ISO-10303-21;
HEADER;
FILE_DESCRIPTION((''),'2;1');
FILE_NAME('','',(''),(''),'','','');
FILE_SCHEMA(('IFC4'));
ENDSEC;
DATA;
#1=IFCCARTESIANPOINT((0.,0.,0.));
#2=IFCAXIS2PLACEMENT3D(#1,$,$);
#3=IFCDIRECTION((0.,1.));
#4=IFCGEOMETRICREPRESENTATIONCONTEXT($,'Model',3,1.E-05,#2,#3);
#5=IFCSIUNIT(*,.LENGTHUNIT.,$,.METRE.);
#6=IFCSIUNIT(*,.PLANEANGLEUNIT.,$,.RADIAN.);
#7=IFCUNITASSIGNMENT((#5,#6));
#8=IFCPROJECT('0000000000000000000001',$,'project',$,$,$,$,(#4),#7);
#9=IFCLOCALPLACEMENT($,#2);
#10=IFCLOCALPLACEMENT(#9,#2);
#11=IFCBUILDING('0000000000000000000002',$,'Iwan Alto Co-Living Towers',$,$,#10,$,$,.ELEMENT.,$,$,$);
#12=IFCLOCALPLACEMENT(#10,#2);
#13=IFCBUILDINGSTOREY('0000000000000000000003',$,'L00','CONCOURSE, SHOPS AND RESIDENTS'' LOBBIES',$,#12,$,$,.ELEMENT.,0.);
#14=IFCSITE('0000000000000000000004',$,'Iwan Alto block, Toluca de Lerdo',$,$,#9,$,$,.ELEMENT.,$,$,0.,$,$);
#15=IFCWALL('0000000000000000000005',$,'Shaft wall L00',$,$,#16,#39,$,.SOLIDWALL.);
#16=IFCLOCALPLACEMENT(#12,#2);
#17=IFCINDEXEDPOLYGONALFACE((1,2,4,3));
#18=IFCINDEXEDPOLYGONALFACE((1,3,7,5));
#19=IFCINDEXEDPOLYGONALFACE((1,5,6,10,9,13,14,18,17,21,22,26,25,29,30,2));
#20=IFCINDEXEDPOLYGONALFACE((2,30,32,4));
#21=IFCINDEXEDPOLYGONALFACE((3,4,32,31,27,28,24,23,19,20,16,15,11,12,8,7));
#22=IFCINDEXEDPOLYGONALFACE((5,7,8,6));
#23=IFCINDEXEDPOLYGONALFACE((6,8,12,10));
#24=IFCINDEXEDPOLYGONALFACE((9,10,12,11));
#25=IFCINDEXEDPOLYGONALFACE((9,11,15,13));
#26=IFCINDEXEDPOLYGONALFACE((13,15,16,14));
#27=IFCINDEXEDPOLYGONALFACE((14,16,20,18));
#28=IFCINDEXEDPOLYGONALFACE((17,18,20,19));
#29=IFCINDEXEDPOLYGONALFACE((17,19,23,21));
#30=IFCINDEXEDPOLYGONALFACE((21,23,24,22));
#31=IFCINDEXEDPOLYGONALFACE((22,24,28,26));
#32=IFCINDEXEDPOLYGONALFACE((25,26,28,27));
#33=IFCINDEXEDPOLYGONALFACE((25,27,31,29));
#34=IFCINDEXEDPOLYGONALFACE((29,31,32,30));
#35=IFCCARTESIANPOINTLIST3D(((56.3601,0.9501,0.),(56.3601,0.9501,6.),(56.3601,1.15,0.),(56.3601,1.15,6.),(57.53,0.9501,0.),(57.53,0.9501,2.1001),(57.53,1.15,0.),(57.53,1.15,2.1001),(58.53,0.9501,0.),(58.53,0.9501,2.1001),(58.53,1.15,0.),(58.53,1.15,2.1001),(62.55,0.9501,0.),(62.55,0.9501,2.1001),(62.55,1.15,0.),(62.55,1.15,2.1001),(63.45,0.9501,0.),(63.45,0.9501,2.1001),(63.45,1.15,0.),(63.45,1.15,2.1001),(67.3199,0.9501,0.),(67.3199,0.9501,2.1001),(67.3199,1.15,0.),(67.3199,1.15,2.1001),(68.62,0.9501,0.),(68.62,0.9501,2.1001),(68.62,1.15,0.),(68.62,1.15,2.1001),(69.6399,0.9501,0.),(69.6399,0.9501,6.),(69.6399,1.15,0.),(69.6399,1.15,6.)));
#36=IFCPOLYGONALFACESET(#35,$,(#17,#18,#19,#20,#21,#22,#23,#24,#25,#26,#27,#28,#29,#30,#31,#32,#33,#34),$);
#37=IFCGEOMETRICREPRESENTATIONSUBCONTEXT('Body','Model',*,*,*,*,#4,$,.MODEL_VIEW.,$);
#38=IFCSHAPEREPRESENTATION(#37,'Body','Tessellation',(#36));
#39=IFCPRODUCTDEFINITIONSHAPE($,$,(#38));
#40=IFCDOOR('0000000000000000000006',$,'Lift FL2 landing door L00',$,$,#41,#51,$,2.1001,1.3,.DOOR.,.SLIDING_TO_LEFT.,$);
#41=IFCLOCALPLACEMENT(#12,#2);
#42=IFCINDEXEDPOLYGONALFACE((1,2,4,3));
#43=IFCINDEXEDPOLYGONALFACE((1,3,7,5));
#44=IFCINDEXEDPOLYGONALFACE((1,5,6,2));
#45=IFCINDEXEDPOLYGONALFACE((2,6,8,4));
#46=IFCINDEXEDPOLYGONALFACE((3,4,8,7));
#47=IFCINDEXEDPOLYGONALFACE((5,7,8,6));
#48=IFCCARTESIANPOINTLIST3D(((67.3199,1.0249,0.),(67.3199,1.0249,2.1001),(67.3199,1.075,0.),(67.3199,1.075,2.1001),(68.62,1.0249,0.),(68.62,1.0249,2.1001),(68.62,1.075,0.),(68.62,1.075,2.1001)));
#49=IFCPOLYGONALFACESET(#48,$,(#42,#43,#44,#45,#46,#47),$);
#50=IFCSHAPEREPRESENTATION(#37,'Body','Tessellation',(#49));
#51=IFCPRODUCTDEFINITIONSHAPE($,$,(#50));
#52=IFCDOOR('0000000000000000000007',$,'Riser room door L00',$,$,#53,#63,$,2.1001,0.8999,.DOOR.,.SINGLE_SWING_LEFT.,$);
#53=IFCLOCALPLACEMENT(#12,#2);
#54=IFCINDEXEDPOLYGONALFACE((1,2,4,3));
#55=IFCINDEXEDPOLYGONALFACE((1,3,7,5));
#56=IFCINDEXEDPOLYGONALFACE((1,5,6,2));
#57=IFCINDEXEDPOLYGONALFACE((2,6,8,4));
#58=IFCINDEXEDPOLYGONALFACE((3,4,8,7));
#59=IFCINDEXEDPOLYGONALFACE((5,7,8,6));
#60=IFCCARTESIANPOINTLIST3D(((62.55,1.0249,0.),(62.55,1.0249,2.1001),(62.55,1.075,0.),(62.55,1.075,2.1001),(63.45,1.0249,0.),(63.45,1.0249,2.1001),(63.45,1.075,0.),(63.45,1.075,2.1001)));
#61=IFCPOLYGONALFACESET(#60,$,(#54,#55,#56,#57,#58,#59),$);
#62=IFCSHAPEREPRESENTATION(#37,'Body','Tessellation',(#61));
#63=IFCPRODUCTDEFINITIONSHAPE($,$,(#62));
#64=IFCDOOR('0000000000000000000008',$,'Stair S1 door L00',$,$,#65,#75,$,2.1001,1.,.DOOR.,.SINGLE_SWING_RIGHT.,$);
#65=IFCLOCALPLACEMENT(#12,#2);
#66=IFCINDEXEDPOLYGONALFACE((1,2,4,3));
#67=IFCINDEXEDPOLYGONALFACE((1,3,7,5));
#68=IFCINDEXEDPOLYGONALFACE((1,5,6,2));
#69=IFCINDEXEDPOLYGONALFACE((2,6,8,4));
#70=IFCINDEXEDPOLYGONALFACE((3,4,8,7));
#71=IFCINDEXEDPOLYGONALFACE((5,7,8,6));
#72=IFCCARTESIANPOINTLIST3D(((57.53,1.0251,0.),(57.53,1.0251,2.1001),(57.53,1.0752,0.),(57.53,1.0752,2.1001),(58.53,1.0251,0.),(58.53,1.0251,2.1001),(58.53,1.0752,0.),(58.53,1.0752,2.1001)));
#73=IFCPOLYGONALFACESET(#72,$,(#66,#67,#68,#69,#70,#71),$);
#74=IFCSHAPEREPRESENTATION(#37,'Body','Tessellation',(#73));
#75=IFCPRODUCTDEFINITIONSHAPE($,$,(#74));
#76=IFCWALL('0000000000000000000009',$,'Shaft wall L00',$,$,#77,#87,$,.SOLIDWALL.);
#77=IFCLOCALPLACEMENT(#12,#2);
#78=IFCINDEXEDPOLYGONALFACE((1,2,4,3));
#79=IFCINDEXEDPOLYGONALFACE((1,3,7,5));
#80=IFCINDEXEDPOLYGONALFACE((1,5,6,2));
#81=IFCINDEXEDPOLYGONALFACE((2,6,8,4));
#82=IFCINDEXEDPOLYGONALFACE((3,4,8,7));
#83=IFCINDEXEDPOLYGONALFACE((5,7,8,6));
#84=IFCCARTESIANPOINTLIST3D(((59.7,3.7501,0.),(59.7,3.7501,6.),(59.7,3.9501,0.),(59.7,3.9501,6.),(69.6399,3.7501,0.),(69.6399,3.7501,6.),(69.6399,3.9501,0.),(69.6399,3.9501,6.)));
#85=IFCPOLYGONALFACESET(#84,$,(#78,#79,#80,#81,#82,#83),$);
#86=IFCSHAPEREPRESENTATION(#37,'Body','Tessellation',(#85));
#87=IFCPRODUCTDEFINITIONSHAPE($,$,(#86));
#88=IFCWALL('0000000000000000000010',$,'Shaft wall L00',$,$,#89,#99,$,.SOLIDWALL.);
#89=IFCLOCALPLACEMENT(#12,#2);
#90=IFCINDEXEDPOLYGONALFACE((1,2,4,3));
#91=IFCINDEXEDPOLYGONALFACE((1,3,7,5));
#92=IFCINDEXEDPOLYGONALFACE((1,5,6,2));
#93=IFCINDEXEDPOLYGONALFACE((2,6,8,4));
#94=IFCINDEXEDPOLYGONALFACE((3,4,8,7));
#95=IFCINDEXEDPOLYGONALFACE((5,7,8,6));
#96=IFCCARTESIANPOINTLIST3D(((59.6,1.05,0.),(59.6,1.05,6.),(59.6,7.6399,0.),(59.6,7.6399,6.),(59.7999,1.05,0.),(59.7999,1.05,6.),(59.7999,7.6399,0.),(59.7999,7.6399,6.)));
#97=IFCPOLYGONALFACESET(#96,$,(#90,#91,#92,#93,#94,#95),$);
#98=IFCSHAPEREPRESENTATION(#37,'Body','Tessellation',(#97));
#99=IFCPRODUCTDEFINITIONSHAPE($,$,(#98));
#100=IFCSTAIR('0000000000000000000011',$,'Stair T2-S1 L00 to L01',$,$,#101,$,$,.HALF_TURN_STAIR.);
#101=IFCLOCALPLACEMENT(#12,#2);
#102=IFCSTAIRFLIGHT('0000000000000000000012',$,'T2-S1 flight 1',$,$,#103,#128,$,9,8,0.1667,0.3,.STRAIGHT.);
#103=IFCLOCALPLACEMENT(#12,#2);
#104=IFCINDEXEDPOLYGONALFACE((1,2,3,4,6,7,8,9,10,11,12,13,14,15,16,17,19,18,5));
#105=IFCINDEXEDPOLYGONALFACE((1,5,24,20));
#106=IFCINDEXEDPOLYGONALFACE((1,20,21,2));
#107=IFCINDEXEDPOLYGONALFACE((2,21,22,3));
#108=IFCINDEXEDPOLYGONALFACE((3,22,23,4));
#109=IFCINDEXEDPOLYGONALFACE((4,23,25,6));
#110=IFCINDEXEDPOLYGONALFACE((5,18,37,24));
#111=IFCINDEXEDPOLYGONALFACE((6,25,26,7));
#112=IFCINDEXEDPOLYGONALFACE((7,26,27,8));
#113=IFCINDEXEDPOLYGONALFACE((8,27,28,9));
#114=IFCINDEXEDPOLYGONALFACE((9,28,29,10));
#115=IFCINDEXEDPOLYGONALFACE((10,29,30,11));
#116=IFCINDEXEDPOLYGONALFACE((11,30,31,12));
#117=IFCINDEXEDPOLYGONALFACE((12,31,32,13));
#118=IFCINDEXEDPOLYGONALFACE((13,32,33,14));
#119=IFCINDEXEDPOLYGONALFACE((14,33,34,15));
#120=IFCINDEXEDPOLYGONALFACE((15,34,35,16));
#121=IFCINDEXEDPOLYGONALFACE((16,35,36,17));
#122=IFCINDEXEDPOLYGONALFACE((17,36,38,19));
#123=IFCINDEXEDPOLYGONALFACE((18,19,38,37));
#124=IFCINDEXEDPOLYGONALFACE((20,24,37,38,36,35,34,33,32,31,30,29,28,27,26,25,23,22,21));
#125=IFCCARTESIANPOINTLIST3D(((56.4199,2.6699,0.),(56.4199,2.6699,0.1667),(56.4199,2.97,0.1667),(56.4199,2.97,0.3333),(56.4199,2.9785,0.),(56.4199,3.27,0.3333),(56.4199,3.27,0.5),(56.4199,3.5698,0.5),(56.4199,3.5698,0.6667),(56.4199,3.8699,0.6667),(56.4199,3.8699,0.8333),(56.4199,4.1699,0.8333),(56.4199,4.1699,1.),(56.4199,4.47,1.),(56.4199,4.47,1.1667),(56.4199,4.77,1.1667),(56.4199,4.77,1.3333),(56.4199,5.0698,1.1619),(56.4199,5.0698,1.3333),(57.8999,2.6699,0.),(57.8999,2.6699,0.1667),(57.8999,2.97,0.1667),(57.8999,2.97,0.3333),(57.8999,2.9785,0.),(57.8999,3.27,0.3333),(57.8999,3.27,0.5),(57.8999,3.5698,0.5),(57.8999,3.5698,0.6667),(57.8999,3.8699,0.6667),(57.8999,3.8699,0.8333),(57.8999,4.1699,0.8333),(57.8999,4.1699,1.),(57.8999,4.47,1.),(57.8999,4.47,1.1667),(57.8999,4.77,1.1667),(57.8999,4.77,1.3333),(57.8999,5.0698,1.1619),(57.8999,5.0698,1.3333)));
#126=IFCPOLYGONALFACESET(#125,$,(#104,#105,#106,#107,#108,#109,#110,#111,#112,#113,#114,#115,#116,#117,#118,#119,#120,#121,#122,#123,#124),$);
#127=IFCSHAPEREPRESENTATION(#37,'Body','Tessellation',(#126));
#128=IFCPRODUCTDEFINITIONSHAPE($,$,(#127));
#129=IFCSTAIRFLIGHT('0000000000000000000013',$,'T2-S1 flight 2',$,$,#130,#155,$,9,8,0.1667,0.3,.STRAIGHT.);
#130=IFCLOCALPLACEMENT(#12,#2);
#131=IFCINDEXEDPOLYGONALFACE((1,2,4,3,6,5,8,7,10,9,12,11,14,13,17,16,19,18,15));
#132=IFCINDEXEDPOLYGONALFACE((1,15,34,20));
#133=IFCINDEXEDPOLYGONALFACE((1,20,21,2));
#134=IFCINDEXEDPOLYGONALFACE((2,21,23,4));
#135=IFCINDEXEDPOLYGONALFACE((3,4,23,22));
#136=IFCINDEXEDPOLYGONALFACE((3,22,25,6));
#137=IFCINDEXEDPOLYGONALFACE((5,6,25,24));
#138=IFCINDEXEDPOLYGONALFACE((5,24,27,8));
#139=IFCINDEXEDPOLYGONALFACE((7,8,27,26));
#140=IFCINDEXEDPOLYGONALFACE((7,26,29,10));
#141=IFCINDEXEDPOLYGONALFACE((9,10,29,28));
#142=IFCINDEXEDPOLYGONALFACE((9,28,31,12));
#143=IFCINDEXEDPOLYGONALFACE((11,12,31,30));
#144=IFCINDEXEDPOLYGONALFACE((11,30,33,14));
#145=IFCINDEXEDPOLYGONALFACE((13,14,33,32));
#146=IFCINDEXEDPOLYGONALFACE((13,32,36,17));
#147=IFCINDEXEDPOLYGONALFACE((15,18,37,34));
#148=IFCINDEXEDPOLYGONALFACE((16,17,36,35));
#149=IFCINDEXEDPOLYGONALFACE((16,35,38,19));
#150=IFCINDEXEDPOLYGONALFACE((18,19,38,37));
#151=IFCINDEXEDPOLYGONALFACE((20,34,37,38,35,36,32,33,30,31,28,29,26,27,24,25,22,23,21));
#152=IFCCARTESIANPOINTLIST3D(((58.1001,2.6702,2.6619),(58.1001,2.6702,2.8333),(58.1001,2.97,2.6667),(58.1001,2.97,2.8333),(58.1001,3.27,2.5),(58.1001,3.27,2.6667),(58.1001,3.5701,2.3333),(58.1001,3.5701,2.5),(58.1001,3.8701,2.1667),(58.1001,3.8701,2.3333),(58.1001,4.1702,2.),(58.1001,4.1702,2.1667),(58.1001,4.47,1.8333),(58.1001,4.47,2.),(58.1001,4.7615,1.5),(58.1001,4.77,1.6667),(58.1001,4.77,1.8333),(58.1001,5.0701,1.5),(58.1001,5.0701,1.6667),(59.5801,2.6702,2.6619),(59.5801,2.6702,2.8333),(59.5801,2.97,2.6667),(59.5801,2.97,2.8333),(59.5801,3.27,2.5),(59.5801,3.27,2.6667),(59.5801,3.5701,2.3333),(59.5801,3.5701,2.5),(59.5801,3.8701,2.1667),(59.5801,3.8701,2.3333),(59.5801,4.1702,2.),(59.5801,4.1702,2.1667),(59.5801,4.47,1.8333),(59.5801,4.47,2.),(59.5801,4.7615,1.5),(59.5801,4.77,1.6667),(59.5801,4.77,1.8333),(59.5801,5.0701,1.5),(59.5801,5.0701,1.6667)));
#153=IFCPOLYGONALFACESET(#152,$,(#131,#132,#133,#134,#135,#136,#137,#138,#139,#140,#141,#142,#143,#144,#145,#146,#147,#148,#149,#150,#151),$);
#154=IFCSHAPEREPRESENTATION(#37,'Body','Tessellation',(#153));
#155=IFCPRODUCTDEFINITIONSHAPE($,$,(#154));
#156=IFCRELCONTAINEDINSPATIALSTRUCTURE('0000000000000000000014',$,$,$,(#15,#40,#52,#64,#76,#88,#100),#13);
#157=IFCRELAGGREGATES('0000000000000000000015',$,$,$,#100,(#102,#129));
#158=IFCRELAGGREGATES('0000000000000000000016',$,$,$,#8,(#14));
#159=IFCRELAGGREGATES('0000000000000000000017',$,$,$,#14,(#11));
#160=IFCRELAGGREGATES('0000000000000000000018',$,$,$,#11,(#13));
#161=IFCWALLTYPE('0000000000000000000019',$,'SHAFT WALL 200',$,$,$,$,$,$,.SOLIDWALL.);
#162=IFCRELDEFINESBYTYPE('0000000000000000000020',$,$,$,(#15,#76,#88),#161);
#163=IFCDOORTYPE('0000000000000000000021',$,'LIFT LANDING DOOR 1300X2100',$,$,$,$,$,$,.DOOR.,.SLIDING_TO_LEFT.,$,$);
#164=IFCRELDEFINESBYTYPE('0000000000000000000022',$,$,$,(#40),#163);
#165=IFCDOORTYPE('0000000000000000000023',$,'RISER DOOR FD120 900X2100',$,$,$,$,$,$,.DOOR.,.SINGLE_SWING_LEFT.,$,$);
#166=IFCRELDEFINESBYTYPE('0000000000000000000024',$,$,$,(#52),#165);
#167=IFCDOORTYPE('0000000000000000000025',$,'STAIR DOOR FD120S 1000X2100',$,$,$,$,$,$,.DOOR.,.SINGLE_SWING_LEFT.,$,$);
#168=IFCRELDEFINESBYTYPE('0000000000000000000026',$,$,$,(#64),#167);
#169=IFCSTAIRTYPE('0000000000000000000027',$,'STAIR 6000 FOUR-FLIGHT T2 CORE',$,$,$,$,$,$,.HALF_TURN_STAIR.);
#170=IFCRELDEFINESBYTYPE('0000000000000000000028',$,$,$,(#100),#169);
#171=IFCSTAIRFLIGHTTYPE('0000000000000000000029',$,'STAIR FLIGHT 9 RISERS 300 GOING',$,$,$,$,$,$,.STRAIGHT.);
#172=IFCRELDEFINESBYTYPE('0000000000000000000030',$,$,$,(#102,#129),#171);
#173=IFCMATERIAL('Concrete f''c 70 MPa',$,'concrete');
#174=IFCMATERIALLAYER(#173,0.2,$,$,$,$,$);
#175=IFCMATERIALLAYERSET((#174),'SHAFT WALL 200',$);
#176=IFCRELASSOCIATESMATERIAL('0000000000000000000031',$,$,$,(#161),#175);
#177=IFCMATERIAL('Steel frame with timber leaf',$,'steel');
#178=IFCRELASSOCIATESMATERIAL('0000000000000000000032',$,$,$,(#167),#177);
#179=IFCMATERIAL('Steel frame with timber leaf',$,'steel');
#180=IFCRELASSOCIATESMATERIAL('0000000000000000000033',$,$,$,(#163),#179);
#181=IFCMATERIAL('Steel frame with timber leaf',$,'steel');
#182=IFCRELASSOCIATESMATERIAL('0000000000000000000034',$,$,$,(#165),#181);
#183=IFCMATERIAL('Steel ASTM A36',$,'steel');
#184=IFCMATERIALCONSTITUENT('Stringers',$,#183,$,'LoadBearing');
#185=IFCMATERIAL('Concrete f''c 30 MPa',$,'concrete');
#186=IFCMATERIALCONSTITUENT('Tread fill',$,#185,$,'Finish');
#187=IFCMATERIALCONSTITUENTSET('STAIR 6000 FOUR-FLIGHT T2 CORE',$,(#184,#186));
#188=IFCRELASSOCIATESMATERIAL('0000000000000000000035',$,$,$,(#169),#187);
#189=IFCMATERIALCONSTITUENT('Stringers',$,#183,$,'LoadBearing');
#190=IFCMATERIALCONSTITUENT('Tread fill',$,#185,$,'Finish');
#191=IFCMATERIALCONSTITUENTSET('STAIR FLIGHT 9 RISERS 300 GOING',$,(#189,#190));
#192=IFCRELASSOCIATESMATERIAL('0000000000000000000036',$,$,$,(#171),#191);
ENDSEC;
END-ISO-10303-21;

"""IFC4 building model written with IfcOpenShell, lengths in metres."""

from ifc_helpers import new_model, si_unit, direction, frame, frame_2d, origin, place, context, subcontext, project, spatial, polyline, rectangle, outline, extrude, material, layer, layer_set, constituent, constituent_set, type_object, element, fill, aggregate, save


model = new_model("IFC4")

# Units and contexts
model_context = context("Model", 3, precision=1e-05, world=origin(), true_north=direction((0.0, 1.0)))
body_context = subcontext(model_context, "Body", "Model", "MODEL_VIEW")
ifc_project = project(units=[si_unit("LENGTHUNIT", "METRE"), si_unit("PLANEANGLEUNIT", "RADIAN")], contexts=[model_context])

# Site, building, storey
site_placement = place(None, origin())
site = spatial("IfcSite", under=ifc_project, at=site_placement, Name="Iwan Alto block, Toluca de Lerdo", CompositionType="ELEMENT", RefElevation=0.0)
building_placement = place(site_placement, origin())
building = spatial("IfcBuilding", under=site, at=building_placement, Name="Iwan Alto Co-Living Towers", CompositionType="ELEMENT")
storey_placement = place(building_placement, origin())
storey = spatial("IfcBuildingStorey", under=building, at=storey_placement, Name="L00", Description="CONCOURSE, SHOPS AND RESIDENTS' LOBBIES", CompositionType="ELEMENT", Elevation=0.0)

# Wall, openings, doors
ifc_material_1 = material(Name="Concrete f'c 70 MPa", Category="concrete")
ifc_layer = layer(ifc_material_1, 0.2)
ifc_layer_set = layer_set([ifc_layer], Name="SHAFT WALL 200")
wall_type = type_object("IfcWallType", Name="SHAFT WALL 200", PredefinedType="SOLIDWALL", material=ifc_layer_set)
ifc_material_2 = material(Name="Steel frame with timber leaf", Category="steel")
door_type_1 = type_object("IfcDoorType", Name="STAIR DOOR FD120S 1000X2100", OperationType="SINGLE_SWING_LEFT", PredefinedType="DOOR", material=ifc_material_2)
wall_1_placement = place(storey_placement, frame((56.3601, 1.05, 0.0), z_axis=(0.0, 0.0, 1.0), x_axis=(1.0, 0.0, 0.0)))
wall_1 = element("IfcWall", 1, at=wall_1_placement, inside=storey, type_object=wall_type, Name="Shaft wall L00", PredefinedType="SOLIDWALL", context=body_context, shape_type="SweptSolid", body=[
    extrude(rectangle(XDim=13.2798, YDim=0.2, at=frame_2d((6.6399, 0.0))), origin(), (0.0, 0.0, 1.0), 6.0),
])
opening_1_placement = place(wall_1_placement, frame((1.1699, 0.0, 0.0)))
opening_1 = element("IfcOpeningElement", 2, at=opening_1_placement, cuts=wall_1, PredefinedType="OPENING", context=body_context, shape_type="SweptSolid", body=[
    extrude(rectangle(XDim=1.0, YDim=2.1001, at=frame_2d((0.5, 1.05))), frame((0.0, 0.1099, 0.0), z_axis=(0.0, -1.0, 0.0), x_axis=(1.0, 0.0, 0.0)), (0.0, 0.0, 1.0), 0.22),
])
opening_2_placement = place(wall_1_placement, frame((6.1899, 0.0, 0.0)))
opening_2 = element("IfcOpeningElement", 3, at=opening_2_placement, cuts=wall_1, PredefinedType="OPENING", context=body_context, shape_type="SweptSolid", body=[
    extrude(rectangle(XDim=0.8999, YDim=2.1001, at=frame_2d((0.45, 1.05))), frame((0.0, 0.1099, 0.0), z_axis=(0.0, -1.0, 0.0), x_axis=(1.0, 0.0, 0.0)), (0.0, 0.0, 1.0), 0.22),
])
opening_3_placement = place(wall_1_placement, frame((10.96, 0.0, 0.0)))
opening_3 = element("IfcOpeningElement", 4, at=opening_3_placement, cuts=wall_1, PredefinedType="OPENING", context=body_context, shape_type="SweptSolid", body=[
    extrude(rectangle(XDim=1.3, YDim=2.1001, at=frame_2d((0.6499, 1.05))), frame((0.0, 0.1099, 0.0), z_axis=(0.0, -1.0, 0.0), x_axis=(1.0, 0.0, 0.0)), (0.0, 0.0, 1.0), 0.22),
])
ifc_material_3 = material(Name="Steel frame with timber leaf", Category="steel")
door_type_2 = type_object("IfcDoorType", Name="LIFT LANDING DOOR 1300X2100", OperationType="SLIDING_TO_LEFT", PredefinedType="DOOR", material=ifc_material_3)
door_1_placement = place(opening_3_placement, origin())
door_1 = element("IfcDoor", 5, at=door_1_placement, inside=storey, type_object=door_type_2, Name="Lift FL2 landing door L00", OperationType="SLIDING_TO_LEFT", OverallHeight=2.1001, OverallWidth=1.3, PredefinedType="DOOR", context=body_context, shape_type="SweptSolid", body=[
    extrude(rectangle(XDim=1.3, YDim=2.1001, at=frame_2d((0.6499, 1.05))), frame((0.0, 0.0249, 0.0), z_axis=(0.0, -1.0, 0.0), x_axis=(1.0, 0.0, 0.0)), (0.0, 0.0, 1.0), 0.05),
])
fill(opening_3, door_1)
ifc_material_4 = material(Name="Steel frame with timber leaf", Category="steel")
door_type_3 = type_object("IfcDoorType", Name="RISER DOOR FD120 900X2100", OperationType="SINGLE_SWING_LEFT", PredefinedType="DOOR", material=ifc_material_4)
door_2_placement = place(opening_2_placement, origin())
door_2 = element("IfcDoor", 6, at=door_2_placement, inside=storey, type_object=door_type_3, Name="Riser room door L00", OperationType="SINGLE_SWING_LEFT", OverallHeight=2.1001, OverallWidth=0.8999, PredefinedType="DOOR", context=body_context, shape_type="SweptSolid", body=[
    extrude(rectangle(XDim=0.8999, YDim=2.1001, at=frame_2d((0.45, 1.05))), frame((0.0, 0.0249, 0.0), z_axis=(0.0, -1.0, 0.0), x_axis=(1.0, 0.0, 0.0)), (0.0, 0.0, 1.0), 0.05),
])
fill(opening_2, door_2)
door_3_placement = place(opening_1_placement, frame((1.0, 0.0, 0.0), z_axis=(0.0, 0.0, 1.0), x_axis=(-1.0, 0.0, 0.0)))
door_3 = element("IfcDoor", 7, at=door_3_placement, inside=storey, type_object=door_type_1, Name="Stair S1 door L00", OperationType="SINGLE_SWING_RIGHT", OverallHeight=2.1001, OverallWidth=1.0, PredefinedType="DOOR", context=body_context, shape_type="SweptSolid", body=[
    extrude(rectangle(XDim=1.0, YDim=2.1001, at=frame_2d((0.5, 1.05))), frame((0.0, 0.0249, 0.0), z_axis=(0.0, -1.0, 0.0), x_axis=(1.0, 0.0, 0.0)), (0.0, 0.0, 1.0), 0.05),
])
fill(opening_1, door_3)

# Walls
wall_2_placement = place(storey_placement, frame((59.7, 3.8501, 0.0), z_axis=(0.0, 0.0, 1.0), x_axis=(1.0, 0.0, 0.0)))
element("IfcWall", 8, at=wall_2_placement, inside=storey, type_object=wall_type, Name="Shaft wall L00", PredefinedType="SOLIDWALL", context=body_context, shape_type="SweptSolid", body=[
    extrude(rectangle(XDim=9.9399, YDim=0.2, at=frame_2d((4.97, 0.0))), origin(), (0.0, 0.0, 1.0), 6.0),
])
wall_3_placement = place(storey_placement, frame((59.7, 1.05, 0.0), z_axis=(0.0, 0.0, 1.0), x_axis=(0.0, 1.0, 0.0)))
element("IfcWall", 9, at=wall_3_placement, inside=storey, type_object=wall_type, Name="Shaft wall L00", PredefinedType="SOLIDWALL", context=body_context, shape_type="SweptSolid", body=[
    extrude(rectangle(XDim=6.5898, YDim=0.2, at=frame_2d((3.2949, 0.0))), origin(), (0.0, 0.0, 1.0), 6.0),
])

# Stair, stair flights
ifc_material_5 = material(Name="Steel ASTM A36", Category="steel")
ifc_constituent_1 = constituent(ifc_material_5, Name="Stringers", Category="LoadBearing")
ifc_material_6 = material(Name="Concrete f'c 30 MPa", Category="concrete")
ifc_constituent_2 = constituent(ifc_material_6, Name="Tread fill", Category="Finish")
ifc_constituent_set_1 = constituent_set(constituents=[ifc_constituent_1, ifc_constituent_2], Name="STAIR 6000 FOUR-FLIGHT T2 CORE")
stair_type = type_object("IfcStairType", Name="STAIR 6000 FOUR-FLIGHT T2 CORE", PredefinedType="HALF_TURN_STAIR", material=ifc_constituent_set_1)
stair_placement = place(storey_placement, origin())
stair = element("IfcStair", 10, at=stair_placement, inside=storey, type_object=stair_type, Name="Stair T2-S1 L00 to L01", PredefinedType="HALF_TURN_STAIR")
ifc_constituent_3 = constituent(ifc_material_5, Name="Stringers", Category="LoadBearing")
ifc_constituent_4 = constituent(ifc_material_6, Name="Tread fill", Category="Finish")
ifc_constituent_set_2 = constituent_set(constituents=[ifc_constituent_3, ifc_constituent_4], Name="STAIR FLIGHT 9 RISERS 300 GOING")
stair_flight_type = type_object("IfcStairFlightType", Name="STAIR FLIGHT 9 RISERS 300 GOING", PredefinedType="STRAIGHT", material=ifc_constituent_set_2)
stair_flight_1_placement = place(storey_placement, frame((57.1599, 2.6699, 0.0), z_axis=(0.0, 0.0, 1.0), x_axis=(0.0, 1.0, 0.0)))
stair_flight_1 = element("IfcStairFlight", 11, at=stair_flight_1_placement, type_object=stair_flight_type, Name="T2-S1 flight 1", NumberOfRisers=9, NumberOfTreads=8, PredefinedType="STRAIGHT", RiserHeight=0.1667, TreadLength=0.3, context=body_context, shape_type="SweptSolid", body=[
    extrude(outline(polyline([(0.0, 0.0), (0.0, 0.1667), (0.3, 0.1667), (0.3, 0.3333), (0.6001, 0.3333), (0.6001, 0.5), (0.8999, 0.5), (0.8999, 0.6667), (1.2, 0.6667), (1.2, 0.8333), (1.5, 0.8333), (1.5, 1.0), (1.8, 1.0), (1.8, 1.1667), (2.1001, 1.1667), (2.1001, 1.3333), (2.3999, 1.3333), (2.3999, 1.5), (2.3999, 1.1619), (0.3086, 0.0), (0.0, 0.0)])), frame((0.0, 0.74, 0.0), z_axis=(0.0, -1.0, 0.0), x_axis=(1.0, 0.0, 0.0)), (0.0, 0.0, 1.0), 1.48),
])
stair_flight_2_placement = place(storey_placement, frame((58.8401, 5.0701, 1.5), z_axis=(0.0, 0.0, 1.0), x_axis=(0.0, -1.0, 0.0)))
stair_flight_2 = element("IfcStairFlight", 12, at=stair_flight_2_placement, type_object=stair_flight_type, Name="T2-S1 flight 2", NumberOfRisers=9, NumberOfTreads=8, PredefinedType="STRAIGHT", RiserHeight=0.1667, TreadLength=0.3, context=body_context, shape_type="SweptSolid", body=[
    extrude(outline(polyline([(0.0, 0.0), (0.0, 0.1667), (0.3, 0.1667), (0.3, 0.3333), (0.6001, 0.3333), (0.6001, 0.5), (0.8999, 0.5), (0.8999, 0.6667), (1.2, 0.6667), (1.2, 0.8333), (1.5, 0.8333), (1.5, 1.0), (1.8, 1.0), (1.8, 1.1667), (2.1001, 1.1667), (2.1001, 1.3333), (2.3999, 1.3333), (2.3999, 1.5), (2.3999, 1.1619), (0.3086, 0.0), (0.0, 0.0)])), frame((0.0, 0.74, 0.0), z_axis=(0.0, -1.0, 0.0), x_axis=(1.0, 0.0, 0.0)), (0.0, 0.0, 1.0), 1.48),
])
aggregate(stair, [stair_flight_1, stair_flight_2])

save(model, "model.ifc")
